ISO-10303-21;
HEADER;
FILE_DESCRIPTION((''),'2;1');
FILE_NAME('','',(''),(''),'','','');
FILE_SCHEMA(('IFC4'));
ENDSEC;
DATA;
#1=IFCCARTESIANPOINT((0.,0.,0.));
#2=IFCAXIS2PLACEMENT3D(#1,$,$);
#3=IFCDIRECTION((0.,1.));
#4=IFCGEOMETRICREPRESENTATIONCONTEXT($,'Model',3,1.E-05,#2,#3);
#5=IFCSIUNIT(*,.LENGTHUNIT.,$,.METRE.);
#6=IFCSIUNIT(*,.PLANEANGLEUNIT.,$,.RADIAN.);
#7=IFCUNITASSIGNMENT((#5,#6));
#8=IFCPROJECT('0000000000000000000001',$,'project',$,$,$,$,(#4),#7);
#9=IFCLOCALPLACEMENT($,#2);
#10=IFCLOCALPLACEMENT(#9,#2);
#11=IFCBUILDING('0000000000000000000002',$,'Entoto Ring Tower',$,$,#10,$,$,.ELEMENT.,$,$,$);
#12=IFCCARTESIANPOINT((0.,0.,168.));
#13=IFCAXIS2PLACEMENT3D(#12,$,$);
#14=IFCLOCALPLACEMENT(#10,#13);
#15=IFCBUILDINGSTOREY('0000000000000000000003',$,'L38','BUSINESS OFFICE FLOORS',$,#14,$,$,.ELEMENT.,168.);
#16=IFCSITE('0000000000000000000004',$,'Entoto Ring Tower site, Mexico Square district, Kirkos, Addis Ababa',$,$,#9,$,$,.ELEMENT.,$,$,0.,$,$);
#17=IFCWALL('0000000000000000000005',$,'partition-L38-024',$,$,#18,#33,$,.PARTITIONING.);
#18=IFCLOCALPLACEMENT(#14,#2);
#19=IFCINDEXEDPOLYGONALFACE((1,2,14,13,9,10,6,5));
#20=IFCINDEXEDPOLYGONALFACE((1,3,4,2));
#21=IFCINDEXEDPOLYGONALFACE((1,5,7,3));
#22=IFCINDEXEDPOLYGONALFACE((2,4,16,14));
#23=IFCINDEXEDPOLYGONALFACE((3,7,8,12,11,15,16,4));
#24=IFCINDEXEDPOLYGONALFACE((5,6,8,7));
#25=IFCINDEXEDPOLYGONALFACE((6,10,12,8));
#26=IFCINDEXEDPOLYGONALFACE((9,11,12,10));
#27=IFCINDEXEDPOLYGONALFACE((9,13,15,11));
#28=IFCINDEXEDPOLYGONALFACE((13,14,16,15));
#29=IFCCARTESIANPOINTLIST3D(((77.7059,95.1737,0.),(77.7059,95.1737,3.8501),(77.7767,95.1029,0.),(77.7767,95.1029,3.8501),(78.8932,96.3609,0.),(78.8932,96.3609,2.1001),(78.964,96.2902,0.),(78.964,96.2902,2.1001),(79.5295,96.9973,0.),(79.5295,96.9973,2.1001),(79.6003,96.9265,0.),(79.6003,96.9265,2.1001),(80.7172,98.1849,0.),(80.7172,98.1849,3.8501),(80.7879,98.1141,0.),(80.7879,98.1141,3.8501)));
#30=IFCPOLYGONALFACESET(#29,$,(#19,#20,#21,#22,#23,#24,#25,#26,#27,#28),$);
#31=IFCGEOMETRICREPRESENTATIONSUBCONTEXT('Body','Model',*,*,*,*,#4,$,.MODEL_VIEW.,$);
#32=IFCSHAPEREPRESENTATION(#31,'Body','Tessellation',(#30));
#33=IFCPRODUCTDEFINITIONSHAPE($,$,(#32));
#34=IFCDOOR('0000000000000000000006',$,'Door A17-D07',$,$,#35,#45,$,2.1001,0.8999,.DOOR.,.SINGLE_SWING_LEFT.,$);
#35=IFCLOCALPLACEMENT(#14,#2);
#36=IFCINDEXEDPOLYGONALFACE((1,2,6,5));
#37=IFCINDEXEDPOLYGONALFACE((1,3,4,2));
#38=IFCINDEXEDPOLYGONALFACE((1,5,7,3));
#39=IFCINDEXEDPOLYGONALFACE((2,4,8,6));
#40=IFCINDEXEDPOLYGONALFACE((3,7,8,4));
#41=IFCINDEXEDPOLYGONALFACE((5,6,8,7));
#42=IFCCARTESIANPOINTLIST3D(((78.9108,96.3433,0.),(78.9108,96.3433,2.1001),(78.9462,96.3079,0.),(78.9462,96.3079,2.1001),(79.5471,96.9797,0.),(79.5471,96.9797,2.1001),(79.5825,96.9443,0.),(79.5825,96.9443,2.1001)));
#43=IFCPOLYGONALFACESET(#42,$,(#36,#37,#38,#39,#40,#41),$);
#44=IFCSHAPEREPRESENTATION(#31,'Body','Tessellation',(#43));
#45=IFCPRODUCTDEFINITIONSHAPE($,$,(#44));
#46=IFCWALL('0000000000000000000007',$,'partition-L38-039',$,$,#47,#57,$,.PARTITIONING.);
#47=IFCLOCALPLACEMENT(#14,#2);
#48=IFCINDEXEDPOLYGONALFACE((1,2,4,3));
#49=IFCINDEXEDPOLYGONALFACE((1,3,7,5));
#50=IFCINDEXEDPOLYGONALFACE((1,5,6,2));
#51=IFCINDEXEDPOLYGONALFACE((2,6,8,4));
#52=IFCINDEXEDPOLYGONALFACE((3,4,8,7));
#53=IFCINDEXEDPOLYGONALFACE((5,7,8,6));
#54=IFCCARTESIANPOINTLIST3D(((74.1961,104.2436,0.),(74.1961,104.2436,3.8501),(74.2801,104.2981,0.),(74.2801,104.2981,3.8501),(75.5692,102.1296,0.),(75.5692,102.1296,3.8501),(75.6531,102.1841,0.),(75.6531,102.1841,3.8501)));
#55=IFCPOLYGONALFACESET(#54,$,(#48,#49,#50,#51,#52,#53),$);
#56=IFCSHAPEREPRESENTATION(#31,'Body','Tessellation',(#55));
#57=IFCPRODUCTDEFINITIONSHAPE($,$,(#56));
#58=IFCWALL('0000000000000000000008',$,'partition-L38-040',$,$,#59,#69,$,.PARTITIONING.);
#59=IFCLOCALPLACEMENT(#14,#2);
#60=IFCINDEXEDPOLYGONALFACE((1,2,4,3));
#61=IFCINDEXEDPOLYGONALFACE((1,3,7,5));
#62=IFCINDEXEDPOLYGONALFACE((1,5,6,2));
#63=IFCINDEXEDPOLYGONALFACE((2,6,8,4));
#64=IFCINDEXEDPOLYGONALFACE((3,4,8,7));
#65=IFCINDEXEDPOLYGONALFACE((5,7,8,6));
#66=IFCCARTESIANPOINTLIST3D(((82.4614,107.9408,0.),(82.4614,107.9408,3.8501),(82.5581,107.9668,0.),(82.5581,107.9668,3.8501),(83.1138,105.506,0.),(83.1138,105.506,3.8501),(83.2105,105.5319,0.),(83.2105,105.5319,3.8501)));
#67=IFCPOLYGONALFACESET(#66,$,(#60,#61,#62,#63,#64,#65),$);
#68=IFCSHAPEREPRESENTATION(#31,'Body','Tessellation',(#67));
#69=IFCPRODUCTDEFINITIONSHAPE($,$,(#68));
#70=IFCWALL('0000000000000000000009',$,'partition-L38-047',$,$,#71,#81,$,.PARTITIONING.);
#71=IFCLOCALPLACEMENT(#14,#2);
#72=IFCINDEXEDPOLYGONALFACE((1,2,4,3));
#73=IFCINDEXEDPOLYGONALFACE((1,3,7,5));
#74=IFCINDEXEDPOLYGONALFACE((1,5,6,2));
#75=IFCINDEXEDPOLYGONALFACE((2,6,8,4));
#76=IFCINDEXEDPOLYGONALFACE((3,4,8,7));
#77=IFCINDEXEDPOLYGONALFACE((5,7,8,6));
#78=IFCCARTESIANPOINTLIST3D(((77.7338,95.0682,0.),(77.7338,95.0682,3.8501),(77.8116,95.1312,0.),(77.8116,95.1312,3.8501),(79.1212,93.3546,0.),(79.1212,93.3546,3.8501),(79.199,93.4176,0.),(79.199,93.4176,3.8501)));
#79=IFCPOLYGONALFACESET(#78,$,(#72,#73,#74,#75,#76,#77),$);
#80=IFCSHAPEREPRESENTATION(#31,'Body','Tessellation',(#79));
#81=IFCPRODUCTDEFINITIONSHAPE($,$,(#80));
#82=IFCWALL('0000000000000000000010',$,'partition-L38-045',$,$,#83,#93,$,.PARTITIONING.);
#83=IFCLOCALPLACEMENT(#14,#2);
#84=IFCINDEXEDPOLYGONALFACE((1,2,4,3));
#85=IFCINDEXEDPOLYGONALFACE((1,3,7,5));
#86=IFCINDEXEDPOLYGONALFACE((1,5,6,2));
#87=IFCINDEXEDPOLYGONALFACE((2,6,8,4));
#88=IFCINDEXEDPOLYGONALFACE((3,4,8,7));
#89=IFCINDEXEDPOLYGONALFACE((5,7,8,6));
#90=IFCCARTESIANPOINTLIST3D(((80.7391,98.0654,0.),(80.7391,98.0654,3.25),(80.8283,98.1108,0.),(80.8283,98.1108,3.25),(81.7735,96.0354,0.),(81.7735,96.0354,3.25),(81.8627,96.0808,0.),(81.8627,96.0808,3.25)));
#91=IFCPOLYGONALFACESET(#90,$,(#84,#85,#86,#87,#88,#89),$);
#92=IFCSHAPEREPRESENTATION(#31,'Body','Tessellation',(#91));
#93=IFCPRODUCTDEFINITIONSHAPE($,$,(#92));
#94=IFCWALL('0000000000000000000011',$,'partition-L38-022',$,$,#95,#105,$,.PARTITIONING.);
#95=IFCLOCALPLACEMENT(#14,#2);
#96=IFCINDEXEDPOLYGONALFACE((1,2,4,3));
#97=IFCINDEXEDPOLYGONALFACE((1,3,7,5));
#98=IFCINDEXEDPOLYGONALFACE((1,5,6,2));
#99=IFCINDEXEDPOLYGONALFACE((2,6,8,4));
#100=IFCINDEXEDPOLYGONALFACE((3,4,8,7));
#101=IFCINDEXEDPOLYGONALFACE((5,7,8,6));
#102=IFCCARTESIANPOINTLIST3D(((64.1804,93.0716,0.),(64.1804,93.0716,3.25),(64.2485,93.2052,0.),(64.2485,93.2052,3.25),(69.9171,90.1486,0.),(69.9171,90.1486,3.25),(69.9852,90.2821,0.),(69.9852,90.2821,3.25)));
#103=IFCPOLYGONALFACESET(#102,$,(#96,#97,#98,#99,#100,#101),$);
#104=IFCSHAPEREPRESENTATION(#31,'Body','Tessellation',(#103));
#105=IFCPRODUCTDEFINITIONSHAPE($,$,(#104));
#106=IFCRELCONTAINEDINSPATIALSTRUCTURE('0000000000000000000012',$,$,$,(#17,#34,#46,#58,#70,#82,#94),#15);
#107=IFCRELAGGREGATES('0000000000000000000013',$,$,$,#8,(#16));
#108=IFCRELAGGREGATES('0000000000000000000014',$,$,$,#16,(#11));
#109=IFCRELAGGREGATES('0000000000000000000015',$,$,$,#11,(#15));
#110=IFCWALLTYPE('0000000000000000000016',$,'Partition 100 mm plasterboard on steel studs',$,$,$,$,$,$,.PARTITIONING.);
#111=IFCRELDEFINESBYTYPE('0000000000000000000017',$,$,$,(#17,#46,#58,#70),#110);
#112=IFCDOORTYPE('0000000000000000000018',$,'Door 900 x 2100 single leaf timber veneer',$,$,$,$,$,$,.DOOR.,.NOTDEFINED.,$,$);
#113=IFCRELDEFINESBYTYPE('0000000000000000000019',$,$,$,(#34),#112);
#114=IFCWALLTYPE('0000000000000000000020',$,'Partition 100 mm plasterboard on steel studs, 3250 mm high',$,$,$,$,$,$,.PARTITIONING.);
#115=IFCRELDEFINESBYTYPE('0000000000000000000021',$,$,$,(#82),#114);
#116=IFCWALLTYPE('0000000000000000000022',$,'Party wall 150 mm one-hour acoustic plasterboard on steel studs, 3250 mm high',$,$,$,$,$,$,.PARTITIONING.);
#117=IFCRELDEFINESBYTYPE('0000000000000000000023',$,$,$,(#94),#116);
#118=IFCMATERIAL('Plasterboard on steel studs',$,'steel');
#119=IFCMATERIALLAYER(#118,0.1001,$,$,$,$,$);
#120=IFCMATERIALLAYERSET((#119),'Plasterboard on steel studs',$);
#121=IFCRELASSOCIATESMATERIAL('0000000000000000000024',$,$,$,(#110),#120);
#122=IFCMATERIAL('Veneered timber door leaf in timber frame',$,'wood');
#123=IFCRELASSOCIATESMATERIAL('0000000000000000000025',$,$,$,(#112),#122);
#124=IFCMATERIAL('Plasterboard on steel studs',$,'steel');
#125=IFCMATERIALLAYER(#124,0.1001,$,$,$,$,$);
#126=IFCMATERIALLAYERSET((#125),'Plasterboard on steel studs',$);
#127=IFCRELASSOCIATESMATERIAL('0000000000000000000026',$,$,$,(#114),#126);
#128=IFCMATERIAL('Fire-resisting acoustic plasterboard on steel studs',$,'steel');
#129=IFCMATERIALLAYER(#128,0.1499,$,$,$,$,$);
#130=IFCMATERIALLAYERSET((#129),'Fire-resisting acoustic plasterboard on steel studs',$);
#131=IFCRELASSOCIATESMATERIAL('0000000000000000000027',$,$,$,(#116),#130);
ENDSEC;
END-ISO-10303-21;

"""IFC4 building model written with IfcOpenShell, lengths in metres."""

from ifc_helpers import new_model, si_unit, direction, frame, frame_2d, origin, place, context, subcontext, project, spatial, rectangle, extrude, material, layer, layer_set, type_object, element, fill, save


model = new_model("IFC4")

# Units and contexts
model_context = context("Model", 3, precision=1e-05, world=origin(), true_north=direction((0.0, 1.0)))
body_context = subcontext(model_context, "Body", "Model", "MODEL_VIEW")
ifc_project = project(units=[si_unit("LENGTHUNIT", "METRE"), si_unit("PLANEANGLEUNIT", "RADIAN")], contexts=[model_context])

# Site, building, storey
site_placement = place(None, origin())
site = spatial("IfcSite", under=ifc_project, at=site_placement, Name="Entoto Ring Tower site, Mexico Square district, Kirkos, Addis Ababa", CompositionType="ELEMENT", RefElevation=0.0)
building_placement = place(site_placement, origin())
building = spatial("IfcBuilding", under=site, at=building_placement, Name="Entoto Ring Tower", CompositionType="ELEMENT")
storey_placement = place(building_placement, frame((0.0, 0.0, 168.0)))
storey = spatial("IfcBuildingStorey", under=building, at=storey_placement, Name="L38", Description="BUSINESS OFFICE FLOORS", CompositionType="ELEMENT", Elevation=168.0)

# Wall, opening, door
ifc_material_1 = material(Name="Plasterboard on steel studs", Category="steel")
ifc_layer_1 = layer(ifc_material_1, 0.1001)
ifc_layer_set_1 = layer_set([ifc_layer_1], Name="Plasterboard on steel studs")
wall_type_1 = type_object("IfcWallType", Name="Partition 100 mm plasterboard on steel studs", PredefinedType="PARTITIONING", material=ifc_layer_set_1)
ifc_material_2 = material(Name="Veneered timber door leaf in timber frame", Category="wood")
door_type_1 = type_object("IfcDoorType", Name="Door 900 x 2100 single leaf timber veneer", OperationType="NOTDEFINED", PredefinedType="DOOR", material=ifc_material_2)
wall_1_placement = place(storey_placement, frame((77.7412, 95.1382, 0.0), z_axis=(0.0, 0.0, 1.0), x_axis=(0.707107, 0.707107, 0.0)))
wall_1 = element("IfcWall", 1, at=wall_1_placement, inside=storey, type_object=wall_type_1, Name="partition-L38-024", PredefinedType="PARTITIONING", context=body_context, shape_type="SweptSolid", body=[
    extrude(rectangle(XDim=4.2585, YDim=0.1001, at=frame_2d((2.1294, 0.0))), origin(), (0.0, 0.0, 1.0), 3.8501),
])
opening_1_placement = place(wall_1_placement, frame((1.6792, 0.0, 0.0)))
opening_1 = element("IfcOpeningElement", 2, at=opening_1_placement, cuts=wall_1, PredefinedType="OPENING", context=body_context, shape_type="SweptSolid", body=[
    extrude(rectangle(XDim=0.8999, YDim=2.1001, at=frame_2d((0.45, 1.05))), frame((0.0, 0.0601, 0.0), z_axis=(0.0, -1.0, 0.0), x_axis=(1.0, 0.0, 0.0)), (0.0, 0.0, 1.0), 0.1201),
])
door_1_placement = place(opening_1_placement, frame((0.8999, 0.0, 0.0), z_axis=(0.0, 0.0, 1.0), x_axis=(-1.0, 0.0, 0.0)))
door_1 = element("IfcDoor", 3, at=door_1_placement, inside=storey, type_object=door_type_1, Name="Door A17-D07", OperationType="SINGLE_SWING_LEFT", OverallHeight=2.1001, OverallWidth=0.8999, PredefinedType="DOOR", context=body_context, shape_type="SweptSolid", body=[
    extrude(rectangle(XDim=0.8999, YDim=2.1001, at=frame_2d((0.45, 1.05))), frame((0.0, 0.0249, 0.0), z_axis=(0.0, -1.0, 0.0), x_axis=(1.0, 0.0, 0.0)), (0.0, 0.0, 1.0), 0.05),
])
fill(opening_1, door_1)

# Walls
for number, where, z_axis, x_axis, name in (
    (4, (75.6111, 102.157, 0.0), (0.0, 0.0, 1.0), (-0.544692, 0.838636, 0.0), "partition-L38-039"),
    (5, (83.1621, 105.519, 0.0), (0.0, 0.0, 1.0), (-0.258796, 0.965932, 0.0), "partition-L38-040"),
):
    element("IfcWall", number, at=place(storey_placement, frame(where, z_axis=z_axis, x_axis=x_axis)), inside=storey, type_object=wall_type_1, Name=name, PredefinedType="PARTITIONING", context=body_context, shape_type="SweptSolid", body=[
        extrude(rectangle(XDim=2.5208, YDim=0.1001, at=frame_2d((1.2603, 0.0))), origin(), (0.0, 0.0, 1.0), 3.8501),
    ])
wall_2_placement = place(storey_placement, frame((79.1602, 93.386, 0.0), z_axis=(0.0, 0.0, 1.0), x_axis=(-0.629262, 0.777193, 0.0)))
element("IfcWall", 6, at=wall_2_placement, inside=storey, type_object=wall_type_1, Name="partition-L38-047", PredefinedType="PARTITIONING", context=body_context, shape_type="SweptSolid", body=[
    extrude(rectangle(XDim=2.2048, YDim=0.1001, at=frame_2d((1.1025, 0.0))), origin(), (0.0, 0.0, 1.0), 3.8501),
])
ifc_material_3 = material(Name="Plasterboard on steel studs", Category="steel")
ifc_layer_2 = layer(ifc_material_3, 0.1001)
ifc_layer_set_2 = layer_set([ifc_layer_2], Name="Plasterboard on steel studs")
wall_type_2 = type_object("IfcWallType", Name="Partition 100 mm plasterboard on steel studs, 3250 mm high", PredefinedType="PARTITIONING", material=ifc_layer_set_2)
wall_3_placement = place(storey_placement, frame((81.8181, 96.0581, 0.0), z_axis=(0.0, 0.0, 1.0), x_axis=(-0.454016, 0.890994, 0.0)))
element("IfcWall", 7, at=wall_3_placement, inside=storey, type_object=wall_type_2, Name="partition-L38-045", PredefinedType="PARTITIONING", context=body_context, shape_type="SweptSolid", body=[
    extrude(rectangle(XDim=2.2783, YDim=0.1001, at=frame_2d((1.1392, 0.0))), origin(), (0.0, 0.0, 1.0), 3.25),
])
ifc_material_4 = material(Name="Fire-resisting acoustic plasterboard on steel studs", Category="steel")
ifc_layer_3 = layer(ifc_material_4, 0.1499)
ifc_layer_set_3 = layer_set([ifc_layer_3], Name="Fire-resisting acoustic plasterboard on steel studs")
wall_type_3 = type_object("IfcWallType", Name="Party wall 150 mm one-hour acoustic plasterboard on steel studs, 3250 mm high", PredefinedType="PARTITIONING", material=ifc_layer_set_3)
wall_4_placement = place(storey_placement, frame((69.9512, 90.2153, 0.0), z_axis=(0.0, 0.0, 1.0), x_axis=(-0.891004, 0.453996, 0.0)))
element("IfcWall", 8, at=wall_4_placement, inside=storey, type_object=wall_type_3, Name="partition-L38-022", PredefinedType="PARTITIONING", context=body_context, shape_type="SweptSolid", body=[
    extrude(rectangle(XDim=6.4385, YDim=0.1499, at=frame_2d((3.2192, 0.0))), origin(), (0.0, 0.0, 1.0), 3.25),
])

save(model, "model.ifc")
